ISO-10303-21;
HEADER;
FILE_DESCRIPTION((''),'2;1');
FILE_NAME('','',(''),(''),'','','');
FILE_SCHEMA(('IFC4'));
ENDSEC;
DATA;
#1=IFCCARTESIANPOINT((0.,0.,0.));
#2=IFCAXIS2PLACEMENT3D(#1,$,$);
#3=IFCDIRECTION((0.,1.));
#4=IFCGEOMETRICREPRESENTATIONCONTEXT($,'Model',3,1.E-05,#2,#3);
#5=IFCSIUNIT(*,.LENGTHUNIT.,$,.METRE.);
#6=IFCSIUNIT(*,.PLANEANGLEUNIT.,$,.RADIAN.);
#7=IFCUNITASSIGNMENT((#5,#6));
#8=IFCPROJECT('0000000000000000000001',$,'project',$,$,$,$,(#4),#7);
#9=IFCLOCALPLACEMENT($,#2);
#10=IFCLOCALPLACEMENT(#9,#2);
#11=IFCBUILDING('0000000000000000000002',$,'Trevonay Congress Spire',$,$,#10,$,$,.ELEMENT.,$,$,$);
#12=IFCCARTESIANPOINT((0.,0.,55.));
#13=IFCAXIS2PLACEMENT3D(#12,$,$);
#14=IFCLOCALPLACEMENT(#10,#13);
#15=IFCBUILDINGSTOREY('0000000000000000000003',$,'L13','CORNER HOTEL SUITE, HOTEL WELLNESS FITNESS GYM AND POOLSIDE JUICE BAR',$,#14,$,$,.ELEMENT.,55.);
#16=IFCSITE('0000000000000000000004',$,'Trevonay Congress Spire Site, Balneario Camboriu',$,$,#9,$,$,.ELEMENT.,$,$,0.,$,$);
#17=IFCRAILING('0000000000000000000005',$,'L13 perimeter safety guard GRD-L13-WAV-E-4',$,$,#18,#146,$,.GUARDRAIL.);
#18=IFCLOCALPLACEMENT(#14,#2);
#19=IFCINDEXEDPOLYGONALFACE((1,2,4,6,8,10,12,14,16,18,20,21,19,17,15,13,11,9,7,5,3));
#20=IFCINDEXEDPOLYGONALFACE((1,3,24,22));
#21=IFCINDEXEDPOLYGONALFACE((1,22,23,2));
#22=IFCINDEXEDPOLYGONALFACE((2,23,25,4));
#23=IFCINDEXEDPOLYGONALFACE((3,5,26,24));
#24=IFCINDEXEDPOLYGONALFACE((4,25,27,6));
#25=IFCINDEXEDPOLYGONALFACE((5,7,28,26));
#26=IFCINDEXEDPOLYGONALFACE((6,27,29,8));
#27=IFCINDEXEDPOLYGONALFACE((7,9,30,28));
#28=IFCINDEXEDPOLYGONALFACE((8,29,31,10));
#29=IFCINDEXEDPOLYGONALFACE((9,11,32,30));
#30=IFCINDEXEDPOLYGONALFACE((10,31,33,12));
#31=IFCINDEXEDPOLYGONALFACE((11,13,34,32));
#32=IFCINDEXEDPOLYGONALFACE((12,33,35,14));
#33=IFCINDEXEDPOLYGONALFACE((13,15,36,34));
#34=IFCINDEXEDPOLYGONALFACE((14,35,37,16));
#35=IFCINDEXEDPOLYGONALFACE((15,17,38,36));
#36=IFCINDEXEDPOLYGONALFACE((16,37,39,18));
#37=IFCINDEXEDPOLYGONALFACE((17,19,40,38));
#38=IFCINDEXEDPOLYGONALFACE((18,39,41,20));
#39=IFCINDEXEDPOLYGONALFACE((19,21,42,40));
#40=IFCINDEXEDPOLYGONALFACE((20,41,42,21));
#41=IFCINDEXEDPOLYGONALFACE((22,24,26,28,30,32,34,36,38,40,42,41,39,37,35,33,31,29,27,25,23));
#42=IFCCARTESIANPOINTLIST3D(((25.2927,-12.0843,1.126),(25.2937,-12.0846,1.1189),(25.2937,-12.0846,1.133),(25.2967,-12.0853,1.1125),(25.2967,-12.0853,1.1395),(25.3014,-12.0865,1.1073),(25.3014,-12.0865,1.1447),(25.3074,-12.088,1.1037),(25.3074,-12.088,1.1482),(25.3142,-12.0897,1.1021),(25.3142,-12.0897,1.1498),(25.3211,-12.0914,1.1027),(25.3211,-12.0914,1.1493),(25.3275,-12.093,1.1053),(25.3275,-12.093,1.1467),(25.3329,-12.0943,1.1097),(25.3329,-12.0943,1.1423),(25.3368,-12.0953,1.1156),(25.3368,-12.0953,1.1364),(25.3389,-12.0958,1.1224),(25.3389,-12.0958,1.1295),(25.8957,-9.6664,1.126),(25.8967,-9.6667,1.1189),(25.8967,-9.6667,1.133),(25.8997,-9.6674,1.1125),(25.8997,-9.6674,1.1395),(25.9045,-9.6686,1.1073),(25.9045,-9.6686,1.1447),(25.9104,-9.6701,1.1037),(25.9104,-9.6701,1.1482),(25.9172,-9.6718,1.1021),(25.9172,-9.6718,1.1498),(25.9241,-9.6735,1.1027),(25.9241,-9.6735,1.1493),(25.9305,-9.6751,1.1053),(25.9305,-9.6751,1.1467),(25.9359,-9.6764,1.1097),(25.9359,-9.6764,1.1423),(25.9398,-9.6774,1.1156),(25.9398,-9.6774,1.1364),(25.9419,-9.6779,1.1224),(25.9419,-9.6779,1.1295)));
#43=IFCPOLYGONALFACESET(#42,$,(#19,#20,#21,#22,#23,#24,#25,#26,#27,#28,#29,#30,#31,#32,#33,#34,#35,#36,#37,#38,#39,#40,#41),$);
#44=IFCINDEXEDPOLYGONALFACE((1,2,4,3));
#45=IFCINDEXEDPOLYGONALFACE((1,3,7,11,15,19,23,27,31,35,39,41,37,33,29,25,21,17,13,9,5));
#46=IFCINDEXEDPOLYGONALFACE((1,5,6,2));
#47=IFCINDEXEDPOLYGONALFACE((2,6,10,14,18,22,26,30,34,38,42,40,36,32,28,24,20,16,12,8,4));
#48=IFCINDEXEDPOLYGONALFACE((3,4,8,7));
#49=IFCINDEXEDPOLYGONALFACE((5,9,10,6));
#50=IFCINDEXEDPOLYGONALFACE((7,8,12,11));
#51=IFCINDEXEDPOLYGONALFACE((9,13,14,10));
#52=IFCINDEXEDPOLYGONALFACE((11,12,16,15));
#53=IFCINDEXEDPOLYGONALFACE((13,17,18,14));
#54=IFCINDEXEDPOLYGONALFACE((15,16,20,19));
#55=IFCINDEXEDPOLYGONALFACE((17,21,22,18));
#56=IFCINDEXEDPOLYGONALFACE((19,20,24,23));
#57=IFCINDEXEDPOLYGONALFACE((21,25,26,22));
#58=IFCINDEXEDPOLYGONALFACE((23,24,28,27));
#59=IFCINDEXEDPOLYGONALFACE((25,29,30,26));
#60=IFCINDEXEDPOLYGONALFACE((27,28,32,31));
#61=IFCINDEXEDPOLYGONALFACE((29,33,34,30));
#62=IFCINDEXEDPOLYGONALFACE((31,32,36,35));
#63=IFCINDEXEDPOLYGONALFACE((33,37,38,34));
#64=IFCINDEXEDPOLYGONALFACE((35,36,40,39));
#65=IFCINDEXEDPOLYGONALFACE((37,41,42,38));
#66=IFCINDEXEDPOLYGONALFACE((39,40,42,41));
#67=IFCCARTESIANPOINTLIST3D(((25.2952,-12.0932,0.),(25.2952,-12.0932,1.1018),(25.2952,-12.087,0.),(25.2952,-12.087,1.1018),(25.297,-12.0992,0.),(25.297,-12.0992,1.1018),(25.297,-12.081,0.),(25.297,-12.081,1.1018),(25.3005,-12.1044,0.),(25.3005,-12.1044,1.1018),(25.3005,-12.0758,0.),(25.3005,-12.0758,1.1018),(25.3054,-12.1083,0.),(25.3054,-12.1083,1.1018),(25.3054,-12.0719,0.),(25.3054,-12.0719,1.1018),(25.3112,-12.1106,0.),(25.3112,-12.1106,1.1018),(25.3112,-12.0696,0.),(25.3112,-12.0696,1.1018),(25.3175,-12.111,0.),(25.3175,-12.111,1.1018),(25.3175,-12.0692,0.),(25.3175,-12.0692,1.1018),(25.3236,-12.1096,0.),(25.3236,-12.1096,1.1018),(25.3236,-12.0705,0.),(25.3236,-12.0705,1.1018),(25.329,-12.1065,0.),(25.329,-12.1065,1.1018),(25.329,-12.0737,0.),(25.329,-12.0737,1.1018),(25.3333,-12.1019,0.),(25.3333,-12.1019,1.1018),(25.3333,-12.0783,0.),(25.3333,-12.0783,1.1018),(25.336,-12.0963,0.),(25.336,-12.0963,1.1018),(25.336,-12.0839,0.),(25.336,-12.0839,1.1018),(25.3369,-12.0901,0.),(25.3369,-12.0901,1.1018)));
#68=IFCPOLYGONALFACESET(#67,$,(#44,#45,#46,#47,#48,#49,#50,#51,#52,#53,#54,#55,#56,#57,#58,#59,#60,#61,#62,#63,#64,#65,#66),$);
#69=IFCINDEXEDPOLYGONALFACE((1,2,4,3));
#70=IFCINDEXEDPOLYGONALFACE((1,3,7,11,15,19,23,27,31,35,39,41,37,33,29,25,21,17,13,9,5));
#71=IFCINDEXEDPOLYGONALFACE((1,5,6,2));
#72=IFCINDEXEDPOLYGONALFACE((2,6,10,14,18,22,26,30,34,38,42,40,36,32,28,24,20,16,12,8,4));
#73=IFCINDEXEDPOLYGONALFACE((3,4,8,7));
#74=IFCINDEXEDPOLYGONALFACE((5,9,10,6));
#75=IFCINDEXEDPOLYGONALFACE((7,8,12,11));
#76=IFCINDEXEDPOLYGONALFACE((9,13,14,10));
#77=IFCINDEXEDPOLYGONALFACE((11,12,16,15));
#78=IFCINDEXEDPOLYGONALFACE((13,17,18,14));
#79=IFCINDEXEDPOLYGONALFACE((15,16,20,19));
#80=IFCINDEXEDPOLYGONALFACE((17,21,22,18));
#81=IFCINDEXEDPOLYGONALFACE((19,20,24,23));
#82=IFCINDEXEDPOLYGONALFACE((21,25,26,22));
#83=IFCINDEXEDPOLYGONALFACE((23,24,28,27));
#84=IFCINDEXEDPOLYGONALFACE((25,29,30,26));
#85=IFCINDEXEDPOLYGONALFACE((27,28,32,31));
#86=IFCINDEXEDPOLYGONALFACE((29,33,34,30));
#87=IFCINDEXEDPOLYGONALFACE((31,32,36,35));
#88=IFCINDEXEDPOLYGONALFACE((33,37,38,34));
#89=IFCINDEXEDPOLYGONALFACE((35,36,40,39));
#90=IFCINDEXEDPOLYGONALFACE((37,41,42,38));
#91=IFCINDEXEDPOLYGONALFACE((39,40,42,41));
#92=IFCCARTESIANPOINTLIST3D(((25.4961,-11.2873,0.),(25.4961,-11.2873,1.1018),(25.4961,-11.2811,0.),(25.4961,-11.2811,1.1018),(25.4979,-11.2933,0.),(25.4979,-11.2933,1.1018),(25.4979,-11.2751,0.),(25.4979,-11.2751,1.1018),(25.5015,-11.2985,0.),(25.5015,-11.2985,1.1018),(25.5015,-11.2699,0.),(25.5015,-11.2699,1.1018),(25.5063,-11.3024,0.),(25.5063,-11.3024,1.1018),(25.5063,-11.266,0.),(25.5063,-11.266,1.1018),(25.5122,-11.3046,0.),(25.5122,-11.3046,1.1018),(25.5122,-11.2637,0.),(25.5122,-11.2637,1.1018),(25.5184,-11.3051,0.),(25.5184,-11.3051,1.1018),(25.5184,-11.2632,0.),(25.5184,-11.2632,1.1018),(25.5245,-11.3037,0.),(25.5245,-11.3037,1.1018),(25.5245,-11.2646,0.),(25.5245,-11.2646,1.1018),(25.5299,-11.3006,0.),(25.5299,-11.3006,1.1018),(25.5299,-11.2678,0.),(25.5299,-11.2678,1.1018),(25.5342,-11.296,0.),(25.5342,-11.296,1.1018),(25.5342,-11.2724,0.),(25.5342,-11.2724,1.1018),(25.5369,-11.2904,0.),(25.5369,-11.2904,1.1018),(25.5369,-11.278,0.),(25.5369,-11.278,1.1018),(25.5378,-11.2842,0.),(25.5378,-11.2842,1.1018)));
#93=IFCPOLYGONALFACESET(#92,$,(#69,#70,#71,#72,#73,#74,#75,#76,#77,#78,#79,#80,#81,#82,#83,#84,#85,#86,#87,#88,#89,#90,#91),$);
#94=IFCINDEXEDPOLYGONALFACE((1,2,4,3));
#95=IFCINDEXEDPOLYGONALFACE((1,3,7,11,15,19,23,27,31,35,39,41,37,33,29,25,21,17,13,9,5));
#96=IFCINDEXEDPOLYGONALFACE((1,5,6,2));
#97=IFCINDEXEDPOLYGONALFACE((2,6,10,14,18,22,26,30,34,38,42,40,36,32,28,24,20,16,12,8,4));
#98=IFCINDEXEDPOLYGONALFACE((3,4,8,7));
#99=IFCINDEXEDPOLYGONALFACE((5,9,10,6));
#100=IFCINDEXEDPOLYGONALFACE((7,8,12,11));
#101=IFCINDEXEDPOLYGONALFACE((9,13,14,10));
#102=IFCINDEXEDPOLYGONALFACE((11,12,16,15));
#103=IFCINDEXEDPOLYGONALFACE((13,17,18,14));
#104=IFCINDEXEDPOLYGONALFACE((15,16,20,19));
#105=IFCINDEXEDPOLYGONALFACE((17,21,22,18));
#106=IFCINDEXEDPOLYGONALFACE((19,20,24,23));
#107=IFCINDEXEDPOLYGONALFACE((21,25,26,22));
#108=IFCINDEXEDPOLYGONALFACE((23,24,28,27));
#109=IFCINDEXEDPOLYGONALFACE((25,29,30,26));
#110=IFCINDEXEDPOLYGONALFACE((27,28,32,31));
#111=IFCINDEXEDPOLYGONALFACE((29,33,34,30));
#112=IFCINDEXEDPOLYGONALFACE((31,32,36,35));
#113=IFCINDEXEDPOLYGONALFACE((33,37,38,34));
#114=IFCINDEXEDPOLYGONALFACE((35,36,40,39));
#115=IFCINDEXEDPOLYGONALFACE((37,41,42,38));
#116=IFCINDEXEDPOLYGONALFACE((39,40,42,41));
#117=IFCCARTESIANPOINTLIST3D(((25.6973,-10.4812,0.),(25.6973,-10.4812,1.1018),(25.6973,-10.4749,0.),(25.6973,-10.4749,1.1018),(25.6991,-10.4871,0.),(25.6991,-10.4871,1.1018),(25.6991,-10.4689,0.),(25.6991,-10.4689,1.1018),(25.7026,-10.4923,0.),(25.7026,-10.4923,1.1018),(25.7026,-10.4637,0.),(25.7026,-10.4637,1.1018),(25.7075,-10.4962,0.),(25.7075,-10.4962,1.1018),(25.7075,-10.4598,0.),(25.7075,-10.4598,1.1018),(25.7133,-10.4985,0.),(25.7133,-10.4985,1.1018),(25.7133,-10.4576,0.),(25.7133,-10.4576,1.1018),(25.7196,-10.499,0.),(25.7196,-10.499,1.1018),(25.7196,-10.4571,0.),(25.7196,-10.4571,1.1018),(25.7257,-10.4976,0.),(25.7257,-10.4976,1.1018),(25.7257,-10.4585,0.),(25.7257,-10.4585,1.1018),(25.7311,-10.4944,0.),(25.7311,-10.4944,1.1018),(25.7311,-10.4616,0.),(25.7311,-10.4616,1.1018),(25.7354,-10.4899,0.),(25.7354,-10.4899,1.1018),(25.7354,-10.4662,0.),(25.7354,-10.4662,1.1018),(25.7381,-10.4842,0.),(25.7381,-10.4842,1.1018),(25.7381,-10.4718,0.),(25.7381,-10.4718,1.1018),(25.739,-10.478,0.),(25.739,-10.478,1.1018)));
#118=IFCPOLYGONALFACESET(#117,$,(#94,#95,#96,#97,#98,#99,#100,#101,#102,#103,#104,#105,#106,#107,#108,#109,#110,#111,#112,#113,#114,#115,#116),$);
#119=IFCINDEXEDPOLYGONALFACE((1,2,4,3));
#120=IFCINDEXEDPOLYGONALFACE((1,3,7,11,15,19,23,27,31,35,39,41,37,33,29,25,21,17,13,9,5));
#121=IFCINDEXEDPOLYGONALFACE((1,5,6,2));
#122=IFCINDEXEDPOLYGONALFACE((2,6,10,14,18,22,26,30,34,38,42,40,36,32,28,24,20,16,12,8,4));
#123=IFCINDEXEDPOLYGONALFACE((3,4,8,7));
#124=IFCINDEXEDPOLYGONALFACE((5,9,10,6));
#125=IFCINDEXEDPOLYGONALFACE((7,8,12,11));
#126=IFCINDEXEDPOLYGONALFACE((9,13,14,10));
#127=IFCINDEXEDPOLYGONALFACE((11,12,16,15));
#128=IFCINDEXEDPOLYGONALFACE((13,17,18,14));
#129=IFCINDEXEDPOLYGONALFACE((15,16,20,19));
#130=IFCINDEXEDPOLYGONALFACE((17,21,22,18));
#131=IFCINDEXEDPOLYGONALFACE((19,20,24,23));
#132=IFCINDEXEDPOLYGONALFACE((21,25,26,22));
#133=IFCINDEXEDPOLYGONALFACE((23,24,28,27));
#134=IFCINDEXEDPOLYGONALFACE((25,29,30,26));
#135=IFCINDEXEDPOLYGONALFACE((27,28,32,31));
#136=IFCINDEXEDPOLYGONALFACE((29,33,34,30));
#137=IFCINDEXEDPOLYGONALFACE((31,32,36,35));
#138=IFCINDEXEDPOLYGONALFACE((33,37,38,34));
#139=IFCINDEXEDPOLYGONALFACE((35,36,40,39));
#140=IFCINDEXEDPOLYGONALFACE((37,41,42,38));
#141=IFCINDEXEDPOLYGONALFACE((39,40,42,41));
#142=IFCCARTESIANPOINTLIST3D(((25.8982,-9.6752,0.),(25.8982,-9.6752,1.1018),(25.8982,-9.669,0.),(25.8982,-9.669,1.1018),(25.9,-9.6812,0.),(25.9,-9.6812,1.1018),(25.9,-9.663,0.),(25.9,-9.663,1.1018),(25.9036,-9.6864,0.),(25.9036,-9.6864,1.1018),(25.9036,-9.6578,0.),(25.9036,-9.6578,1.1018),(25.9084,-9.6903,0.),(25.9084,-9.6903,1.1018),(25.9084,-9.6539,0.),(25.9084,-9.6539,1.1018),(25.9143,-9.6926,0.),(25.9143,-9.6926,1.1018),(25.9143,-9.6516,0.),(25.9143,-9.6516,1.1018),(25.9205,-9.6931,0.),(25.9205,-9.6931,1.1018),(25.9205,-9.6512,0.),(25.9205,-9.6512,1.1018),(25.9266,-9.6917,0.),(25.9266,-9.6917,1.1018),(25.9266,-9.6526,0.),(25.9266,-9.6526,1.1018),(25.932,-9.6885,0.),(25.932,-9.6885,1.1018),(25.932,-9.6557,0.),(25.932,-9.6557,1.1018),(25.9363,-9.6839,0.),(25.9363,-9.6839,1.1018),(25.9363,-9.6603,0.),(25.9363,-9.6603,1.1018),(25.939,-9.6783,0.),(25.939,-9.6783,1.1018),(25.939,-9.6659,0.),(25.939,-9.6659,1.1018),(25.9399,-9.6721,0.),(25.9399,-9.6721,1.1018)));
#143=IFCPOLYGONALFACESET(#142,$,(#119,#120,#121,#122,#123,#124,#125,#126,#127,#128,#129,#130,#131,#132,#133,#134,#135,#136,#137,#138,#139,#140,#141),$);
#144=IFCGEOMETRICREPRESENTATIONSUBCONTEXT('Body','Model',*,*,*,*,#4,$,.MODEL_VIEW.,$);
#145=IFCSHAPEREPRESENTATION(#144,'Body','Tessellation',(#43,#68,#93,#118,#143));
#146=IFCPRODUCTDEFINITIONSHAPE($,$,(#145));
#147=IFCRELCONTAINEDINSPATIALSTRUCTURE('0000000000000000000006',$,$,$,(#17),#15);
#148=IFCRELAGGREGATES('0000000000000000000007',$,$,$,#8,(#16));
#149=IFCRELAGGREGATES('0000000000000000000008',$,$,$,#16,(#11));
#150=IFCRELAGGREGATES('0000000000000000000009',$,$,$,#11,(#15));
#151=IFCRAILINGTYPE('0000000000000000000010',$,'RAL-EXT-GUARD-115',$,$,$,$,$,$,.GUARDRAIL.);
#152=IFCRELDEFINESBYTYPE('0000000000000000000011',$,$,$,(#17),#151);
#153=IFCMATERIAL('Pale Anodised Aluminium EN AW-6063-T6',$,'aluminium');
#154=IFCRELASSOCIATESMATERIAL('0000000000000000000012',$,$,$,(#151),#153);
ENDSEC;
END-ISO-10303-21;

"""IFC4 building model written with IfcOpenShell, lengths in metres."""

from ifc_helpers import new_model, si_unit, direction, frame, origin, origin_2d, place, context, subcontext, project, spatial, circle, extrude, material, type_object, element, save


model = new_model("IFC4")

# Units and contexts
model_context = context("Model", 3, precision=1e-05, world=origin(), true_north=direction((0.0, 1.0)))
body_context = subcontext(model_context, "Body", "Model", "MODEL_VIEW")
ifc_project = project(units=[si_unit("LENGTHUNIT", "METRE"), si_unit("PLANEANGLEUNIT", "RADIAN")], contexts=[model_context])

# Site, building, storey
site_placement = place(None, origin())
site = spatial("IfcSite", under=ifc_project, at=site_placement, Name="Trevonay Congress Spire Site, Balneario Camboriu", CompositionType="ELEMENT", RefElevation=0.0)
building_placement = place(site_placement, origin())
building = spatial("IfcBuilding", under=site, at=building_placement, Name="Trevonay Congress Spire", CompositionType="ELEMENT")
storey_placement = place(building_placement, frame((0.0, 0.0, 55.0)))
storey = spatial("IfcBuildingStorey", under=building, at=storey_placement, Name="L13", Description="CORNER HOTEL SUITE, HOTEL WELLNESS FITNESS GYM AND POOLSIDE JUICE BAR", CompositionType="ELEMENT", Elevation=55.0)

# Shared definitions
ifc_material_1 = material(Name="Pale Anodised Aluminium EN AW-6063-T6", Category="aluminium")

# Railing
railing_type = type_object("IfcRailingType", Name="RAL-EXT-GUARD-115", PredefinedType="GUARDRAIL", material=ifc_material_1)
railing_1_placement = place(storey_placement, frame((25.3159, -12.0901, 0.0)))
element("IfcRailing", 1, at=railing_1_placement, inside=storey, type_object=railing_type, Name="L13 perimeter safety guard GRD-L13-WAV-E-4", PredefinedType="GUARDRAIL", context=body_context, shape_type="SweptSolid", body=[
    extrude(circle(Radius=0.0239, at=origin_2d()), frame((0.0, 0.0, 1.126), z_axis=(0.241982, 0.970281, 0.0), x_axis=(-0.970281, 0.241982, 0.0)), (0.0, 0.0, 1.0), 2.4919),
    extrude(circle(Radius=0.021, at=origin_2d()), origin(), (0.0, 0.0, 1.0), 1.1018),
    extrude(circle(Radius=0.021, at=origin_2d()), frame((0.2009, 0.8059, 0.0)), (0.0, 0.0, 1.0), 1.1018),
    extrude(circle(Radius=0.021, at=origin_2d()), frame((0.4021, 1.6121, 0.0)), (0.0, 0.0, 1.0), 1.1018),
    extrude(circle(Radius=0.021, at=origin_2d()), frame((0.603, 2.418, 0.0)), (0.0, 0.0, 1.0), 1.1018),
])

save(model, "model.ifc")
